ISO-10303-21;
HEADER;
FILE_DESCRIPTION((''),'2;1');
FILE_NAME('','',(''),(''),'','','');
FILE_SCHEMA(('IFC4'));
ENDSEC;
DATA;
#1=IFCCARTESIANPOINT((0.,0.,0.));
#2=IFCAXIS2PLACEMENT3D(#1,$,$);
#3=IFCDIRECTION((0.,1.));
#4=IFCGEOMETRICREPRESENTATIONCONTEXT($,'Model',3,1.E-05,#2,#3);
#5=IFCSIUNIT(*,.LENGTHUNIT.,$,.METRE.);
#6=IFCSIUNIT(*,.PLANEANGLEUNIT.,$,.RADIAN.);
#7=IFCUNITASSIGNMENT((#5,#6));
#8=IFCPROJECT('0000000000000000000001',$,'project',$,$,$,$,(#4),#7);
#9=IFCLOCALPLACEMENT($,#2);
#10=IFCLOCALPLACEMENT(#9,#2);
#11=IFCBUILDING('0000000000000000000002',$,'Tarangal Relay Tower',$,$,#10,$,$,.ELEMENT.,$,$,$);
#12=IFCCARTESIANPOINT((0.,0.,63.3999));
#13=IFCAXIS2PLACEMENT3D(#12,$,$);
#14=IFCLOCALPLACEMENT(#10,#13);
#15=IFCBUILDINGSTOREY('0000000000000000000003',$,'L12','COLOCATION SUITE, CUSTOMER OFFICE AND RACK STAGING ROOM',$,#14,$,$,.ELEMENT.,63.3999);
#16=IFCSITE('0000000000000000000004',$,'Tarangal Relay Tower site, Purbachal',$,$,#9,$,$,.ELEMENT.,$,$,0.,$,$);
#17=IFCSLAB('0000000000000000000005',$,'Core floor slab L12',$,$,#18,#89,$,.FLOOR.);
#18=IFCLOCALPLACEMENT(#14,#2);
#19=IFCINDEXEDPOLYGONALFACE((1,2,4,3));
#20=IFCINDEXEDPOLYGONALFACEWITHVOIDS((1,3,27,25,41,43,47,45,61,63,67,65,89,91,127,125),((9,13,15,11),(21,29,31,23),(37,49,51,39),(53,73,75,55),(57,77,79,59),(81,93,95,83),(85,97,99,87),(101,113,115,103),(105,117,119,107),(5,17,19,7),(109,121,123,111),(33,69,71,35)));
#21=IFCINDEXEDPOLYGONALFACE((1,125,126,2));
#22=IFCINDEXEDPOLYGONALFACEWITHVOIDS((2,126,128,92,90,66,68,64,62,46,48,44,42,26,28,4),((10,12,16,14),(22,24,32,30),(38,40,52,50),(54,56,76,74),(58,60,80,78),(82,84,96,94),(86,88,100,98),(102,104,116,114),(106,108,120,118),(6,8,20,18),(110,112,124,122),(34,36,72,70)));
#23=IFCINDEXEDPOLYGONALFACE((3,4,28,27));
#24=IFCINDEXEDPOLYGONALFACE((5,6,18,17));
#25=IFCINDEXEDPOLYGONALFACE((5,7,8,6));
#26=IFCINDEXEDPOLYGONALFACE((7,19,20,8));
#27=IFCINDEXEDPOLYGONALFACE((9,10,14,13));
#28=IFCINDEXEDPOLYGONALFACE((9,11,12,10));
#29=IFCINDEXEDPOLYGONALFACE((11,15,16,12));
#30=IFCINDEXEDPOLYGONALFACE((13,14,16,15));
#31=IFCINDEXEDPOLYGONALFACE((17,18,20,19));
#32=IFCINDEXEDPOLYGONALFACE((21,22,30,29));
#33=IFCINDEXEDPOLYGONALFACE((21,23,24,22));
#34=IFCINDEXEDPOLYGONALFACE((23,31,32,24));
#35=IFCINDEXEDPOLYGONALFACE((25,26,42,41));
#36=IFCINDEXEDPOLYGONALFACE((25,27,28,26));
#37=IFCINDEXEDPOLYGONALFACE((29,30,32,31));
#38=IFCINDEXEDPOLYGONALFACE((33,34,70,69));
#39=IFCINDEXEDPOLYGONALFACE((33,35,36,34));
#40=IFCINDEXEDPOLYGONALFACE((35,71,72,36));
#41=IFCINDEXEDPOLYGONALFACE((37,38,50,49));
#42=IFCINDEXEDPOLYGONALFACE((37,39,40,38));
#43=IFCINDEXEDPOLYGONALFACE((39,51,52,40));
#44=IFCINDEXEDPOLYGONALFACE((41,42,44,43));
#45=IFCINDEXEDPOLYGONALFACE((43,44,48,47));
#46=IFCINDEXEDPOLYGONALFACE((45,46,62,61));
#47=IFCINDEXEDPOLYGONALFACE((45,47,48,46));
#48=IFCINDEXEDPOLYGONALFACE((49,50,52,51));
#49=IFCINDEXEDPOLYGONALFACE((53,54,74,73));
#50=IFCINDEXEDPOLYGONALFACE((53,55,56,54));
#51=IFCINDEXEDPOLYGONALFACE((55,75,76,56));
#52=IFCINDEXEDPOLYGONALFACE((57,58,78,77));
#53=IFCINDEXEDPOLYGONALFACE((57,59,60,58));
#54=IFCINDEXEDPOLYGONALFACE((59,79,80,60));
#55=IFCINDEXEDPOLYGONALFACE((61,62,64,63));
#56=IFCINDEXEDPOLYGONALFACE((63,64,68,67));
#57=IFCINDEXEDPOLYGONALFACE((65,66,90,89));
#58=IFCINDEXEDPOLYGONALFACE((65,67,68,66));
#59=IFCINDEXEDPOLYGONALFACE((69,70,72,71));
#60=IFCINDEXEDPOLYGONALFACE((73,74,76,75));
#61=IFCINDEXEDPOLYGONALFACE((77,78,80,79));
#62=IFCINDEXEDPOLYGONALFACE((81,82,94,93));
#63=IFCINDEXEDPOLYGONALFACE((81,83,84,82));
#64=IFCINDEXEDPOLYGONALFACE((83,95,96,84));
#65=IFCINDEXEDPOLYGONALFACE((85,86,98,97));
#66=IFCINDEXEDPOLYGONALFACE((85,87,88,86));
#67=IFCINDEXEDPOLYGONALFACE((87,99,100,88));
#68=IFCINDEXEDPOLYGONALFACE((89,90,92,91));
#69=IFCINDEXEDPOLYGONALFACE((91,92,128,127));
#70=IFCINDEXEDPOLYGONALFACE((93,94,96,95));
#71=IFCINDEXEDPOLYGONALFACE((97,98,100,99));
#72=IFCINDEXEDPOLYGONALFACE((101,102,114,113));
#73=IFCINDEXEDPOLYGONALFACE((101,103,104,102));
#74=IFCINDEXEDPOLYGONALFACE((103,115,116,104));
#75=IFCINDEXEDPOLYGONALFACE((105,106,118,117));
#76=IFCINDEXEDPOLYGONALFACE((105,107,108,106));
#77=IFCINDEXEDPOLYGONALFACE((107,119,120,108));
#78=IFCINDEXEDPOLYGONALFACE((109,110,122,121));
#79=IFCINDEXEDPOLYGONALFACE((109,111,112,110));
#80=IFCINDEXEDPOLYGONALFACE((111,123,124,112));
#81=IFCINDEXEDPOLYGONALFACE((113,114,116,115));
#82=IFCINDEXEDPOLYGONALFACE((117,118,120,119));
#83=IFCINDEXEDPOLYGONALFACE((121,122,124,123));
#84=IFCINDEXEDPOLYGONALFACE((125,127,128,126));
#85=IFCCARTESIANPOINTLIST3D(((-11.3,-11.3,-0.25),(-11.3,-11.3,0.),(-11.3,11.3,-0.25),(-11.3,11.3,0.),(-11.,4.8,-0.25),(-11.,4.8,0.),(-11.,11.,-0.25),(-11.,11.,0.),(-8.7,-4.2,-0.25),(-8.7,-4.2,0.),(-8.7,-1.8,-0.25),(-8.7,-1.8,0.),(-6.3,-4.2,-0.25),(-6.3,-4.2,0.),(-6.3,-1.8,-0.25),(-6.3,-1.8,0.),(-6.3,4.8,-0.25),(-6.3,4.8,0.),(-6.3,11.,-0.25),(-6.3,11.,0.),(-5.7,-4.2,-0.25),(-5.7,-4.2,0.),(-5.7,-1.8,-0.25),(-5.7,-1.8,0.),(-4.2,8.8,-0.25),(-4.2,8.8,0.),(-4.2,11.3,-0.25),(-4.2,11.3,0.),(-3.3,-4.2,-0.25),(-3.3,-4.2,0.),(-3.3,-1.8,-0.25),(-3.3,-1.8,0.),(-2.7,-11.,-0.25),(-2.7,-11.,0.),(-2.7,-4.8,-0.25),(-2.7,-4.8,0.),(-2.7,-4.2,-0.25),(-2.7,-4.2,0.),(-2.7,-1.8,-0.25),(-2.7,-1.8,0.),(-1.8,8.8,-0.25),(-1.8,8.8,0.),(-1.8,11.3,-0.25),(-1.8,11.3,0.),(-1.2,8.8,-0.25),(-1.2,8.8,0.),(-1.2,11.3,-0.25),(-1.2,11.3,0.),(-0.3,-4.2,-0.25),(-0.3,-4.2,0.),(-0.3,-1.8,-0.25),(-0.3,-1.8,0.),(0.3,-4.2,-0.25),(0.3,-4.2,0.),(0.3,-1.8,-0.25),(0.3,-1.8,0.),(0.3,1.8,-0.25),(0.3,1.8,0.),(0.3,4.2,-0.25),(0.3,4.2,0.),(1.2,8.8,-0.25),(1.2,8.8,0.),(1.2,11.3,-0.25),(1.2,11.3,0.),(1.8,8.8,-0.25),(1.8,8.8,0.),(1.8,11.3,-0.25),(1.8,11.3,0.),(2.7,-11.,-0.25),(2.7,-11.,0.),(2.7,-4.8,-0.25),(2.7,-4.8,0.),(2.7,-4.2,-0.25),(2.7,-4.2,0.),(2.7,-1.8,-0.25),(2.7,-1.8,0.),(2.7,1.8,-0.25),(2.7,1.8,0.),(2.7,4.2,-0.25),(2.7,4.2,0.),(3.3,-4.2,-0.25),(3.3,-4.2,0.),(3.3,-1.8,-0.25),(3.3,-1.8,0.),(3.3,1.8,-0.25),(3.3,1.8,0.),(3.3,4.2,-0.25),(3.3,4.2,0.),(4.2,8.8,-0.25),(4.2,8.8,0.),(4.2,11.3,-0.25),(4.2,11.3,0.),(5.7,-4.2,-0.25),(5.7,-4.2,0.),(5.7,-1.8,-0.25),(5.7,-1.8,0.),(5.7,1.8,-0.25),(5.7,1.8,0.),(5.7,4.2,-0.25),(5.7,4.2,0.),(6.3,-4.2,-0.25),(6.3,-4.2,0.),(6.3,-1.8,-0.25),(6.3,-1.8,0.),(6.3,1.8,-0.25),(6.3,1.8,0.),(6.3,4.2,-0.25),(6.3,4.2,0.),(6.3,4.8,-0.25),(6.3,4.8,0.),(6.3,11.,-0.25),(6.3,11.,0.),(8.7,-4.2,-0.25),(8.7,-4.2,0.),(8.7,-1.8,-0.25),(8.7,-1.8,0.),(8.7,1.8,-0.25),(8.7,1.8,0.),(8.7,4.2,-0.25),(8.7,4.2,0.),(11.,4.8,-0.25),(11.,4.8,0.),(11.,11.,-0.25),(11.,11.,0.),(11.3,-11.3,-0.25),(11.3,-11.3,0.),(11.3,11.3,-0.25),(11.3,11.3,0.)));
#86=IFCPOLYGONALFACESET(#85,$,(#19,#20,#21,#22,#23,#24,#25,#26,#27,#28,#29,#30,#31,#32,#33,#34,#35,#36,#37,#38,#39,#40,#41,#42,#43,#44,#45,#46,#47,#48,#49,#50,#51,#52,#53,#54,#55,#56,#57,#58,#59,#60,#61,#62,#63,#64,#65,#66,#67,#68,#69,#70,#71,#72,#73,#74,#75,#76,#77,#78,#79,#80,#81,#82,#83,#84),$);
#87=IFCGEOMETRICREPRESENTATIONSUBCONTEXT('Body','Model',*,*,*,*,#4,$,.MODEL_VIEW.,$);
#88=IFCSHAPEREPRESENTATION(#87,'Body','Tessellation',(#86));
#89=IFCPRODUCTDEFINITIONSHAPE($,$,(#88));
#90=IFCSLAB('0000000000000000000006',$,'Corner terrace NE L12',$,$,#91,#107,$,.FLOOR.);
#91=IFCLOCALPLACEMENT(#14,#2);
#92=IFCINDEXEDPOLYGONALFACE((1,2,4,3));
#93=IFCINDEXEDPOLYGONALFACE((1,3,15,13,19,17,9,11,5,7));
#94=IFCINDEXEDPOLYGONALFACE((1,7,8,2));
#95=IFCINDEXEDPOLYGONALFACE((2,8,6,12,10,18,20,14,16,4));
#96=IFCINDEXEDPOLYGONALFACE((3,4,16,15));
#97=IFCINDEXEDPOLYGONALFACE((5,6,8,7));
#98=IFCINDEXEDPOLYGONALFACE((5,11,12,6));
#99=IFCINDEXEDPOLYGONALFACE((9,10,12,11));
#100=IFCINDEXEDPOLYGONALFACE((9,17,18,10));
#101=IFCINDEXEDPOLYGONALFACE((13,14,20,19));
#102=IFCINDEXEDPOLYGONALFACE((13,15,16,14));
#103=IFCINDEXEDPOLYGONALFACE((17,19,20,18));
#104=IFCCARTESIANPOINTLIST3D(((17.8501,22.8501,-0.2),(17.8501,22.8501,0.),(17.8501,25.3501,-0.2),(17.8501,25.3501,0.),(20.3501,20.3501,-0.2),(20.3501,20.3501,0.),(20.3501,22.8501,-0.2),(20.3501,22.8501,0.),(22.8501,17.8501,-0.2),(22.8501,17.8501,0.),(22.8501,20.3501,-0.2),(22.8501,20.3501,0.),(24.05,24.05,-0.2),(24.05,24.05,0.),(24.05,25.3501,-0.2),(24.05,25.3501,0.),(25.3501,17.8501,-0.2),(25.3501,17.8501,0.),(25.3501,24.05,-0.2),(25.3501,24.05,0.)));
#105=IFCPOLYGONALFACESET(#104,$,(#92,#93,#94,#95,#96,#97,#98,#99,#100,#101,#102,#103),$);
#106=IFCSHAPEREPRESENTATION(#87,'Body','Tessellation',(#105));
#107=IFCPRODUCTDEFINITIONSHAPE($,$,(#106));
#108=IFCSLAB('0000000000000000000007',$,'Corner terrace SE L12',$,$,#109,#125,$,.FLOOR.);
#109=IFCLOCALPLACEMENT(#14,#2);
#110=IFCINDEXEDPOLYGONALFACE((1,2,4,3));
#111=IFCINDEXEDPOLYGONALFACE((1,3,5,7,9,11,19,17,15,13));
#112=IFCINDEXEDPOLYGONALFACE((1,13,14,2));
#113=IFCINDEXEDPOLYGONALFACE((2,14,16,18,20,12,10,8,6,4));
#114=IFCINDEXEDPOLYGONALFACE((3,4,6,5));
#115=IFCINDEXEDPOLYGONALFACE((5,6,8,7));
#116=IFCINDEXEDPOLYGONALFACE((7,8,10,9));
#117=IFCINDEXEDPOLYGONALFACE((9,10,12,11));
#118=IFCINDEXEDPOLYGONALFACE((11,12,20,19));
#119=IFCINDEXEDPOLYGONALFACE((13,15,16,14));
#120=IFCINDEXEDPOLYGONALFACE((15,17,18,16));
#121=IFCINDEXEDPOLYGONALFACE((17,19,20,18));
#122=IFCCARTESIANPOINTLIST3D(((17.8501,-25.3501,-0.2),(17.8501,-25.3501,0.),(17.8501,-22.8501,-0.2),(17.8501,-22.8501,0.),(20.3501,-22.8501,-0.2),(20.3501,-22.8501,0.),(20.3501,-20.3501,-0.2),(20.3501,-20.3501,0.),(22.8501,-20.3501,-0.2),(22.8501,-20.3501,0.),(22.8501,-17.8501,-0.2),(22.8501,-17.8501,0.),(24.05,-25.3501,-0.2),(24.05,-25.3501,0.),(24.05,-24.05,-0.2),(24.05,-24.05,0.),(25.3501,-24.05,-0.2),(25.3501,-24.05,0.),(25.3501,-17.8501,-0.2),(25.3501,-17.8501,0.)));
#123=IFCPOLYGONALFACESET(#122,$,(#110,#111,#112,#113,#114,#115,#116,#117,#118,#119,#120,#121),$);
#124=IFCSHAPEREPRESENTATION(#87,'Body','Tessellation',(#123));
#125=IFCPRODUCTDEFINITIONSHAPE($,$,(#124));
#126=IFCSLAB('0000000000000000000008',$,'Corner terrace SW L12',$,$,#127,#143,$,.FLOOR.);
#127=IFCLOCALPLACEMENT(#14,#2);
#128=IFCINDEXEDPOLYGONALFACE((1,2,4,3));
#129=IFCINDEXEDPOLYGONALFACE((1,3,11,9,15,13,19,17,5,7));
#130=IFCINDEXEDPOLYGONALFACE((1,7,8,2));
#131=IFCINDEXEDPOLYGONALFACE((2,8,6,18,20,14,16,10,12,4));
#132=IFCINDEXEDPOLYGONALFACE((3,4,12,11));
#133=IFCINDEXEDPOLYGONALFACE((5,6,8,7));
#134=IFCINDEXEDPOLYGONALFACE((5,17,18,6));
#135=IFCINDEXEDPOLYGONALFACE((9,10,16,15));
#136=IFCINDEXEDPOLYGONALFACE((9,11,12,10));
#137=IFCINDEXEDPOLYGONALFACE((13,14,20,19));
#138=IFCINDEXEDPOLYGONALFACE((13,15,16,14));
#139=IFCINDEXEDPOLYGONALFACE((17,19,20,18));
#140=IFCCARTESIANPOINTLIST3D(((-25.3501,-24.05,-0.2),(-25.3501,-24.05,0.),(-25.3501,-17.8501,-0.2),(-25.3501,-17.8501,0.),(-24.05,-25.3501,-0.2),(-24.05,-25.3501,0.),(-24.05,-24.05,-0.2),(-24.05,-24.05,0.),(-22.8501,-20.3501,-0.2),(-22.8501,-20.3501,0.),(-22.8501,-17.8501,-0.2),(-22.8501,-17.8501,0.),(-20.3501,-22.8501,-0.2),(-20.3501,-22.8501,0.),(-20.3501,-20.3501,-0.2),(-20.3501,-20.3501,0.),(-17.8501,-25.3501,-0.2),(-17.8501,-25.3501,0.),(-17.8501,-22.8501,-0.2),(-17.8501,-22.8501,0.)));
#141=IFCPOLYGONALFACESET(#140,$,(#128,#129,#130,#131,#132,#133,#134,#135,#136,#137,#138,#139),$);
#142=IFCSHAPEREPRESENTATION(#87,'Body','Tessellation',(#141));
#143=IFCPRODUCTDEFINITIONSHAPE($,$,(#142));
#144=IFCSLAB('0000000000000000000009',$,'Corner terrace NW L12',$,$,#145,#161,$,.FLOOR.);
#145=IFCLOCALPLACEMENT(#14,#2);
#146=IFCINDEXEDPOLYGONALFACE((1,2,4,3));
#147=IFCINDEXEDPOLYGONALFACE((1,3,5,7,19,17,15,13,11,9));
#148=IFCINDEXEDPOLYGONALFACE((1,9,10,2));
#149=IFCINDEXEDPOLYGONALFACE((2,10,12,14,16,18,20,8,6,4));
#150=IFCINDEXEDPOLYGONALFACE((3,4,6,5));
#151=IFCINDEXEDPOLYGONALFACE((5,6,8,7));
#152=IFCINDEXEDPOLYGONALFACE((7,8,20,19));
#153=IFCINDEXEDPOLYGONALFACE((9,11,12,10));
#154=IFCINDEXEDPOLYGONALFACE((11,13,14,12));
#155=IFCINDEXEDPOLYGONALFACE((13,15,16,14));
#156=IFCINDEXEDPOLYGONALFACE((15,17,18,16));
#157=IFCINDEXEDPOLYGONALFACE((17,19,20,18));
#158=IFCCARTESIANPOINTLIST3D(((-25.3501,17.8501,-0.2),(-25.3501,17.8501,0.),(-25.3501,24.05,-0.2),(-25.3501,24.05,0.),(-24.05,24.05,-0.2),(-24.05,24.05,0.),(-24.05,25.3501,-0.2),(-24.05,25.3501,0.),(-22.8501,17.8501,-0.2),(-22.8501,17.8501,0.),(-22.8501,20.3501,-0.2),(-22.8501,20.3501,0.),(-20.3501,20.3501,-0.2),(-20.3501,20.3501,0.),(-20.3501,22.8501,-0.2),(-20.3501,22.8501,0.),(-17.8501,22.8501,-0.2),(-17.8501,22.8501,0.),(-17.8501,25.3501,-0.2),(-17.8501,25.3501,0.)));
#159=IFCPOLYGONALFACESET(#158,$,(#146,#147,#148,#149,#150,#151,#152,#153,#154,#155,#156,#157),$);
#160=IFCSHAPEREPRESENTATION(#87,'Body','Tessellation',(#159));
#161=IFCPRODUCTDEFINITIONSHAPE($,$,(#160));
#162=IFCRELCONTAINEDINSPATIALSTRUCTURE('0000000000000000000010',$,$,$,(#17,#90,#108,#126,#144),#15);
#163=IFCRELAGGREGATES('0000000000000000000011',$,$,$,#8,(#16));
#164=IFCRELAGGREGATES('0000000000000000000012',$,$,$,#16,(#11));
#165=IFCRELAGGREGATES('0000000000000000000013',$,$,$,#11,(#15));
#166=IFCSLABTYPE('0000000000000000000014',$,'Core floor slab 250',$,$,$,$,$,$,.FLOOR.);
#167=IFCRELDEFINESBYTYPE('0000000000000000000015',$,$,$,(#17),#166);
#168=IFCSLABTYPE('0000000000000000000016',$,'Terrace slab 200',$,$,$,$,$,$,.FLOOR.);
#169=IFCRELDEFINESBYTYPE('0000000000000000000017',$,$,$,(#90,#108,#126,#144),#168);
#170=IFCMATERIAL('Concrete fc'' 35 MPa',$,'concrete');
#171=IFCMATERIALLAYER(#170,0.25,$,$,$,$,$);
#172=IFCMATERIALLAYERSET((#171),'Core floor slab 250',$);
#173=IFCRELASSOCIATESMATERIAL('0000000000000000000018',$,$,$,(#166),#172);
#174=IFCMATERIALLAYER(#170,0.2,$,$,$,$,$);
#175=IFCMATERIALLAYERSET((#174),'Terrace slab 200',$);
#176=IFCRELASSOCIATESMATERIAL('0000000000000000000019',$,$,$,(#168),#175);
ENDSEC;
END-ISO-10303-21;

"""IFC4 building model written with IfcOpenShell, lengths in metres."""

from ifc_helpers import new_model, si_unit, direction, frame, origin, place, context, subcontext, project, spatial, polyline, outline, extrude, material, layer, layer_set, type_object, element, save


model = new_model("IFC4")

# Units and contexts
model_context = context("Model", 3, precision=1e-05, world=origin(), true_north=direction((0.0, 1.0)))
body_context = subcontext(model_context, "Body", "Model", "MODEL_VIEW")
ifc_project = project(units=[si_unit("LENGTHUNIT", "METRE"), si_unit("PLANEANGLEUNIT", "RADIAN")], contexts=[model_context])

# Site, building, storey
site_placement = place(None, origin())
site = spatial("IfcSite", under=ifc_project, at=site_placement, Name="Tarangal Relay Tower site, Purbachal", CompositionType="ELEMENT", RefElevation=0.0)
building_placement = place(site_placement, origin())
building = spatial("IfcBuilding", under=site, at=building_placement, Name="Tarangal Relay Tower", CompositionType="ELEMENT")
storey_placement = place(building_placement, frame((0.0, 0.0, 63.3999)))
storey = spatial("IfcBuildingStorey", under=building, at=storey_placement, Name="L12", Description="COLOCATION SUITE, CUSTOMER OFFICE AND RACK STAGING ROOM", CompositionType="ELEMENT", Elevation=63.3999)

# Slabs
ifc_material_1 = material(Name="Concrete fc' 35 MPa", Category="concrete")
ifc_layer_1 = layer(ifc_material_1, 0.25)
ifc_layer_set_1 = layer_set([ifc_layer_1], Name="Core floor slab 250")
slab_type_1 = type_object("IfcSlabType", Name="Core floor slab 250", PredefinedType="FLOOR", material=ifc_layer_set_1)
slab_1_placement = place(storey_placement, frame((0.0, 0.0, -0.25)))
element("IfcSlab", 1, at=slab_1_placement, inside=storey, type_object=slab_type_1, Name="Core floor slab L12", PredefinedType="FLOOR", context=body_context, shape_type="SweptSolid", body=[
    extrude(outline(polyline([(11.3, 11.3), (11.3, -11.3), (-11.3, -11.3), (-11.3, 11.3), (-4.2, 11.3), (-4.2, 8.8), (-1.8, 8.8), (-1.8, 11.3), (-1.2, 11.3), (-1.2, 8.8), (1.2, 8.8), (1.2, 11.3), (1.8, 11.3), (1.8, 8.8), (4.2, 8.8), (4.2, 11.3), (11.3, 11.3)]), holes=[polyline([(2.7, -4.8), (-2.7, -4.8), (-2.7, -11.0), (2.7, -11.0), (2.7, -4.8)]), polyline([(-6.3, -4.2), (-6.3, -1.8), (-8.7, -1.8), (-8.7, -4.2), (-6.3, -4.2)]), polyline([(-3.3, -4.2), (-3.3, -1.8), (-5.7, -1.8), (-5.7, -4.2), (-3.3, -4.2)]), polyline([(-0.3, -4.2), (-0.3, -1.8), (-2.7, -1.8), (-2.7, -4.2), (-0.3, -4.2)]), polyline([(2.7, 1.8), (2.7, 4.2), (0.3, 4.2), (0.3, 1.8), (2.7, 1.8)]), polyline([(-6.3, 4.8), (-6.3, 11.0), (-11.0, 11.0), (-11.0, 4.8), (-6.3, 4.8)]), polyline([(2.7, -4.2), (2.7, -1.8), (0.3, -1.8), (0.3, -4.2), (2.7, -4.2)]), polyline([(5.7, -4.2), (5.7, -1.8), (3.3, -1.8), (3.3, -4.2), (5.7, -4.2)]), polyline([(8.7, -4.2), (8.7, -1.8), (6.3, -1.8), (6.3, -4.2), (8.7, -4.2)]), polyline([(5.7, 1.8), (5.7, 4.2), (3.3, 4.2), (3.3, 1.8), (5.7, 1.8)]), polyline([(8.7, 1.8), (8.7, 4.2), (6.3, 4.2), (6.3, 1.8), (8.7, 1.8)]), polyline([(11.0, 4.8), (11.0, 11.0), (6.3, 11.0), (6.3, 4.8), (11.0, 4.8)])]), origin(), (0.0, 0.0, 1.0), 0.25),
])
ifc_layer_2 = layer(ifc_material_1, 0.2)
ifc_layer_set_2 = layer_set([ifc_layer_2], Name="Terrace slab 200")
slab_type_2 = type_object("IfcSlabType", Name="Terrace slab 200", PredefinedType="FLOOR", material=ifc_layer_set_2)
slab_2_placement = place(storey_placement, frame((0.0, 0.0, -0.2)))
element("IfcSlab", 2, at=slab_2_placement, inside=storey, type_object=slab_type_2, Name="Corner terrace NE L12", PredefinedType="FLOOR", context=body_context, shape_type="SweptSolid", body=[
    extrude(outline(polyline([(17.8501, 25.3501), (17.8501, 22.8501), (20.3501, 22.8501), (20.3501, 20.3501), (22.8501, 20.3501), (22.8501, 17.8501), (25.3501, 17.8501), (25.3501, 24.05), (24.05, 24.05), (24.05, 25.3501), (17.8501, 25.3501)])), origin(), (0.0, 0.0, 1.0), 0.2),
])
slab_3_placement = place(storey_placement, frame((0.0, 0.0, -0.2)))
element("IfcSlab", 3, at=slab_3_placement, inside=storey, type_object=slab_type_2, Name="Corner terrace SE L12", PredefinedType="FLOOR", context=body_context, shape_type="SweptSolid", body=[
    extrude(outline(polyline([(25.3501, -17.8501), (22.8501, -17.8501), (22.8501, -20.3501), (20.3501, -20.3501), (20.3501, -22.8501), (17.8501, -22.8501), (17.8501, -25.3501), (24.05, -25.3501), (24.05, -24.05), (25.3501, -24.05), (25.3501, -17.8501)])), origin(), (0.0, 0.0, 1.0), 0.2),
])
slab_4_placement = place(storey_placement, frame((0.0, 0.0, -0.2)))
element("IfcSlab", 4, at=slab_4_placement, inside=storey, type_object=slab_type_2, Name="Corner terrace SW L12", PredefinedType="FLOOR", context=body_context, shape_type="SweptSolid", body=[
    extrude(outline(polyline([(-17.8501, -25.3501), (-17.8501, -22.8501), (-20.3501, -22.8501), (-20.3501, -20.3501), (-22.8501, -20.3501), (-22.8501, -17.8501), (-25.3501, -17.8501), (-25.3501, -24.05), (-24.05, -24.05), (-24.05, -25.3501), (-17.8501, -25.3501)])), origin(), (0.0, 0.0, 1.0), 0.2),
])
slab_5_placement = place(storey_placement, frame((0.0, 0.0, -0.2)))
element("IfcSlab", 5, at=slab_5_placement, inside=storey, type_object=slab_type_2, Name="Corner terrace NW L12", PredefinedType="FLOOR", context=body_context, shape_type="SweptSolid", body=[
    extrude(outline(polyline([(-25.3501, 17.8501), (-22.8501, 17.8501), (-22.8501, 20.3501), (-20.3501, 20.3501), (-20.3501, 22.8501), (-17.8501, 22.8501), (-17.8501, 25.3501), (-24.05, 25.3501), (-24.05, 24.05), (-25.3501, 24.05), (-25.3501, 17.8501)])), origin(), (0.0, 0.0, 1.0), 0.2),
])

save(model, "model.ifc")
